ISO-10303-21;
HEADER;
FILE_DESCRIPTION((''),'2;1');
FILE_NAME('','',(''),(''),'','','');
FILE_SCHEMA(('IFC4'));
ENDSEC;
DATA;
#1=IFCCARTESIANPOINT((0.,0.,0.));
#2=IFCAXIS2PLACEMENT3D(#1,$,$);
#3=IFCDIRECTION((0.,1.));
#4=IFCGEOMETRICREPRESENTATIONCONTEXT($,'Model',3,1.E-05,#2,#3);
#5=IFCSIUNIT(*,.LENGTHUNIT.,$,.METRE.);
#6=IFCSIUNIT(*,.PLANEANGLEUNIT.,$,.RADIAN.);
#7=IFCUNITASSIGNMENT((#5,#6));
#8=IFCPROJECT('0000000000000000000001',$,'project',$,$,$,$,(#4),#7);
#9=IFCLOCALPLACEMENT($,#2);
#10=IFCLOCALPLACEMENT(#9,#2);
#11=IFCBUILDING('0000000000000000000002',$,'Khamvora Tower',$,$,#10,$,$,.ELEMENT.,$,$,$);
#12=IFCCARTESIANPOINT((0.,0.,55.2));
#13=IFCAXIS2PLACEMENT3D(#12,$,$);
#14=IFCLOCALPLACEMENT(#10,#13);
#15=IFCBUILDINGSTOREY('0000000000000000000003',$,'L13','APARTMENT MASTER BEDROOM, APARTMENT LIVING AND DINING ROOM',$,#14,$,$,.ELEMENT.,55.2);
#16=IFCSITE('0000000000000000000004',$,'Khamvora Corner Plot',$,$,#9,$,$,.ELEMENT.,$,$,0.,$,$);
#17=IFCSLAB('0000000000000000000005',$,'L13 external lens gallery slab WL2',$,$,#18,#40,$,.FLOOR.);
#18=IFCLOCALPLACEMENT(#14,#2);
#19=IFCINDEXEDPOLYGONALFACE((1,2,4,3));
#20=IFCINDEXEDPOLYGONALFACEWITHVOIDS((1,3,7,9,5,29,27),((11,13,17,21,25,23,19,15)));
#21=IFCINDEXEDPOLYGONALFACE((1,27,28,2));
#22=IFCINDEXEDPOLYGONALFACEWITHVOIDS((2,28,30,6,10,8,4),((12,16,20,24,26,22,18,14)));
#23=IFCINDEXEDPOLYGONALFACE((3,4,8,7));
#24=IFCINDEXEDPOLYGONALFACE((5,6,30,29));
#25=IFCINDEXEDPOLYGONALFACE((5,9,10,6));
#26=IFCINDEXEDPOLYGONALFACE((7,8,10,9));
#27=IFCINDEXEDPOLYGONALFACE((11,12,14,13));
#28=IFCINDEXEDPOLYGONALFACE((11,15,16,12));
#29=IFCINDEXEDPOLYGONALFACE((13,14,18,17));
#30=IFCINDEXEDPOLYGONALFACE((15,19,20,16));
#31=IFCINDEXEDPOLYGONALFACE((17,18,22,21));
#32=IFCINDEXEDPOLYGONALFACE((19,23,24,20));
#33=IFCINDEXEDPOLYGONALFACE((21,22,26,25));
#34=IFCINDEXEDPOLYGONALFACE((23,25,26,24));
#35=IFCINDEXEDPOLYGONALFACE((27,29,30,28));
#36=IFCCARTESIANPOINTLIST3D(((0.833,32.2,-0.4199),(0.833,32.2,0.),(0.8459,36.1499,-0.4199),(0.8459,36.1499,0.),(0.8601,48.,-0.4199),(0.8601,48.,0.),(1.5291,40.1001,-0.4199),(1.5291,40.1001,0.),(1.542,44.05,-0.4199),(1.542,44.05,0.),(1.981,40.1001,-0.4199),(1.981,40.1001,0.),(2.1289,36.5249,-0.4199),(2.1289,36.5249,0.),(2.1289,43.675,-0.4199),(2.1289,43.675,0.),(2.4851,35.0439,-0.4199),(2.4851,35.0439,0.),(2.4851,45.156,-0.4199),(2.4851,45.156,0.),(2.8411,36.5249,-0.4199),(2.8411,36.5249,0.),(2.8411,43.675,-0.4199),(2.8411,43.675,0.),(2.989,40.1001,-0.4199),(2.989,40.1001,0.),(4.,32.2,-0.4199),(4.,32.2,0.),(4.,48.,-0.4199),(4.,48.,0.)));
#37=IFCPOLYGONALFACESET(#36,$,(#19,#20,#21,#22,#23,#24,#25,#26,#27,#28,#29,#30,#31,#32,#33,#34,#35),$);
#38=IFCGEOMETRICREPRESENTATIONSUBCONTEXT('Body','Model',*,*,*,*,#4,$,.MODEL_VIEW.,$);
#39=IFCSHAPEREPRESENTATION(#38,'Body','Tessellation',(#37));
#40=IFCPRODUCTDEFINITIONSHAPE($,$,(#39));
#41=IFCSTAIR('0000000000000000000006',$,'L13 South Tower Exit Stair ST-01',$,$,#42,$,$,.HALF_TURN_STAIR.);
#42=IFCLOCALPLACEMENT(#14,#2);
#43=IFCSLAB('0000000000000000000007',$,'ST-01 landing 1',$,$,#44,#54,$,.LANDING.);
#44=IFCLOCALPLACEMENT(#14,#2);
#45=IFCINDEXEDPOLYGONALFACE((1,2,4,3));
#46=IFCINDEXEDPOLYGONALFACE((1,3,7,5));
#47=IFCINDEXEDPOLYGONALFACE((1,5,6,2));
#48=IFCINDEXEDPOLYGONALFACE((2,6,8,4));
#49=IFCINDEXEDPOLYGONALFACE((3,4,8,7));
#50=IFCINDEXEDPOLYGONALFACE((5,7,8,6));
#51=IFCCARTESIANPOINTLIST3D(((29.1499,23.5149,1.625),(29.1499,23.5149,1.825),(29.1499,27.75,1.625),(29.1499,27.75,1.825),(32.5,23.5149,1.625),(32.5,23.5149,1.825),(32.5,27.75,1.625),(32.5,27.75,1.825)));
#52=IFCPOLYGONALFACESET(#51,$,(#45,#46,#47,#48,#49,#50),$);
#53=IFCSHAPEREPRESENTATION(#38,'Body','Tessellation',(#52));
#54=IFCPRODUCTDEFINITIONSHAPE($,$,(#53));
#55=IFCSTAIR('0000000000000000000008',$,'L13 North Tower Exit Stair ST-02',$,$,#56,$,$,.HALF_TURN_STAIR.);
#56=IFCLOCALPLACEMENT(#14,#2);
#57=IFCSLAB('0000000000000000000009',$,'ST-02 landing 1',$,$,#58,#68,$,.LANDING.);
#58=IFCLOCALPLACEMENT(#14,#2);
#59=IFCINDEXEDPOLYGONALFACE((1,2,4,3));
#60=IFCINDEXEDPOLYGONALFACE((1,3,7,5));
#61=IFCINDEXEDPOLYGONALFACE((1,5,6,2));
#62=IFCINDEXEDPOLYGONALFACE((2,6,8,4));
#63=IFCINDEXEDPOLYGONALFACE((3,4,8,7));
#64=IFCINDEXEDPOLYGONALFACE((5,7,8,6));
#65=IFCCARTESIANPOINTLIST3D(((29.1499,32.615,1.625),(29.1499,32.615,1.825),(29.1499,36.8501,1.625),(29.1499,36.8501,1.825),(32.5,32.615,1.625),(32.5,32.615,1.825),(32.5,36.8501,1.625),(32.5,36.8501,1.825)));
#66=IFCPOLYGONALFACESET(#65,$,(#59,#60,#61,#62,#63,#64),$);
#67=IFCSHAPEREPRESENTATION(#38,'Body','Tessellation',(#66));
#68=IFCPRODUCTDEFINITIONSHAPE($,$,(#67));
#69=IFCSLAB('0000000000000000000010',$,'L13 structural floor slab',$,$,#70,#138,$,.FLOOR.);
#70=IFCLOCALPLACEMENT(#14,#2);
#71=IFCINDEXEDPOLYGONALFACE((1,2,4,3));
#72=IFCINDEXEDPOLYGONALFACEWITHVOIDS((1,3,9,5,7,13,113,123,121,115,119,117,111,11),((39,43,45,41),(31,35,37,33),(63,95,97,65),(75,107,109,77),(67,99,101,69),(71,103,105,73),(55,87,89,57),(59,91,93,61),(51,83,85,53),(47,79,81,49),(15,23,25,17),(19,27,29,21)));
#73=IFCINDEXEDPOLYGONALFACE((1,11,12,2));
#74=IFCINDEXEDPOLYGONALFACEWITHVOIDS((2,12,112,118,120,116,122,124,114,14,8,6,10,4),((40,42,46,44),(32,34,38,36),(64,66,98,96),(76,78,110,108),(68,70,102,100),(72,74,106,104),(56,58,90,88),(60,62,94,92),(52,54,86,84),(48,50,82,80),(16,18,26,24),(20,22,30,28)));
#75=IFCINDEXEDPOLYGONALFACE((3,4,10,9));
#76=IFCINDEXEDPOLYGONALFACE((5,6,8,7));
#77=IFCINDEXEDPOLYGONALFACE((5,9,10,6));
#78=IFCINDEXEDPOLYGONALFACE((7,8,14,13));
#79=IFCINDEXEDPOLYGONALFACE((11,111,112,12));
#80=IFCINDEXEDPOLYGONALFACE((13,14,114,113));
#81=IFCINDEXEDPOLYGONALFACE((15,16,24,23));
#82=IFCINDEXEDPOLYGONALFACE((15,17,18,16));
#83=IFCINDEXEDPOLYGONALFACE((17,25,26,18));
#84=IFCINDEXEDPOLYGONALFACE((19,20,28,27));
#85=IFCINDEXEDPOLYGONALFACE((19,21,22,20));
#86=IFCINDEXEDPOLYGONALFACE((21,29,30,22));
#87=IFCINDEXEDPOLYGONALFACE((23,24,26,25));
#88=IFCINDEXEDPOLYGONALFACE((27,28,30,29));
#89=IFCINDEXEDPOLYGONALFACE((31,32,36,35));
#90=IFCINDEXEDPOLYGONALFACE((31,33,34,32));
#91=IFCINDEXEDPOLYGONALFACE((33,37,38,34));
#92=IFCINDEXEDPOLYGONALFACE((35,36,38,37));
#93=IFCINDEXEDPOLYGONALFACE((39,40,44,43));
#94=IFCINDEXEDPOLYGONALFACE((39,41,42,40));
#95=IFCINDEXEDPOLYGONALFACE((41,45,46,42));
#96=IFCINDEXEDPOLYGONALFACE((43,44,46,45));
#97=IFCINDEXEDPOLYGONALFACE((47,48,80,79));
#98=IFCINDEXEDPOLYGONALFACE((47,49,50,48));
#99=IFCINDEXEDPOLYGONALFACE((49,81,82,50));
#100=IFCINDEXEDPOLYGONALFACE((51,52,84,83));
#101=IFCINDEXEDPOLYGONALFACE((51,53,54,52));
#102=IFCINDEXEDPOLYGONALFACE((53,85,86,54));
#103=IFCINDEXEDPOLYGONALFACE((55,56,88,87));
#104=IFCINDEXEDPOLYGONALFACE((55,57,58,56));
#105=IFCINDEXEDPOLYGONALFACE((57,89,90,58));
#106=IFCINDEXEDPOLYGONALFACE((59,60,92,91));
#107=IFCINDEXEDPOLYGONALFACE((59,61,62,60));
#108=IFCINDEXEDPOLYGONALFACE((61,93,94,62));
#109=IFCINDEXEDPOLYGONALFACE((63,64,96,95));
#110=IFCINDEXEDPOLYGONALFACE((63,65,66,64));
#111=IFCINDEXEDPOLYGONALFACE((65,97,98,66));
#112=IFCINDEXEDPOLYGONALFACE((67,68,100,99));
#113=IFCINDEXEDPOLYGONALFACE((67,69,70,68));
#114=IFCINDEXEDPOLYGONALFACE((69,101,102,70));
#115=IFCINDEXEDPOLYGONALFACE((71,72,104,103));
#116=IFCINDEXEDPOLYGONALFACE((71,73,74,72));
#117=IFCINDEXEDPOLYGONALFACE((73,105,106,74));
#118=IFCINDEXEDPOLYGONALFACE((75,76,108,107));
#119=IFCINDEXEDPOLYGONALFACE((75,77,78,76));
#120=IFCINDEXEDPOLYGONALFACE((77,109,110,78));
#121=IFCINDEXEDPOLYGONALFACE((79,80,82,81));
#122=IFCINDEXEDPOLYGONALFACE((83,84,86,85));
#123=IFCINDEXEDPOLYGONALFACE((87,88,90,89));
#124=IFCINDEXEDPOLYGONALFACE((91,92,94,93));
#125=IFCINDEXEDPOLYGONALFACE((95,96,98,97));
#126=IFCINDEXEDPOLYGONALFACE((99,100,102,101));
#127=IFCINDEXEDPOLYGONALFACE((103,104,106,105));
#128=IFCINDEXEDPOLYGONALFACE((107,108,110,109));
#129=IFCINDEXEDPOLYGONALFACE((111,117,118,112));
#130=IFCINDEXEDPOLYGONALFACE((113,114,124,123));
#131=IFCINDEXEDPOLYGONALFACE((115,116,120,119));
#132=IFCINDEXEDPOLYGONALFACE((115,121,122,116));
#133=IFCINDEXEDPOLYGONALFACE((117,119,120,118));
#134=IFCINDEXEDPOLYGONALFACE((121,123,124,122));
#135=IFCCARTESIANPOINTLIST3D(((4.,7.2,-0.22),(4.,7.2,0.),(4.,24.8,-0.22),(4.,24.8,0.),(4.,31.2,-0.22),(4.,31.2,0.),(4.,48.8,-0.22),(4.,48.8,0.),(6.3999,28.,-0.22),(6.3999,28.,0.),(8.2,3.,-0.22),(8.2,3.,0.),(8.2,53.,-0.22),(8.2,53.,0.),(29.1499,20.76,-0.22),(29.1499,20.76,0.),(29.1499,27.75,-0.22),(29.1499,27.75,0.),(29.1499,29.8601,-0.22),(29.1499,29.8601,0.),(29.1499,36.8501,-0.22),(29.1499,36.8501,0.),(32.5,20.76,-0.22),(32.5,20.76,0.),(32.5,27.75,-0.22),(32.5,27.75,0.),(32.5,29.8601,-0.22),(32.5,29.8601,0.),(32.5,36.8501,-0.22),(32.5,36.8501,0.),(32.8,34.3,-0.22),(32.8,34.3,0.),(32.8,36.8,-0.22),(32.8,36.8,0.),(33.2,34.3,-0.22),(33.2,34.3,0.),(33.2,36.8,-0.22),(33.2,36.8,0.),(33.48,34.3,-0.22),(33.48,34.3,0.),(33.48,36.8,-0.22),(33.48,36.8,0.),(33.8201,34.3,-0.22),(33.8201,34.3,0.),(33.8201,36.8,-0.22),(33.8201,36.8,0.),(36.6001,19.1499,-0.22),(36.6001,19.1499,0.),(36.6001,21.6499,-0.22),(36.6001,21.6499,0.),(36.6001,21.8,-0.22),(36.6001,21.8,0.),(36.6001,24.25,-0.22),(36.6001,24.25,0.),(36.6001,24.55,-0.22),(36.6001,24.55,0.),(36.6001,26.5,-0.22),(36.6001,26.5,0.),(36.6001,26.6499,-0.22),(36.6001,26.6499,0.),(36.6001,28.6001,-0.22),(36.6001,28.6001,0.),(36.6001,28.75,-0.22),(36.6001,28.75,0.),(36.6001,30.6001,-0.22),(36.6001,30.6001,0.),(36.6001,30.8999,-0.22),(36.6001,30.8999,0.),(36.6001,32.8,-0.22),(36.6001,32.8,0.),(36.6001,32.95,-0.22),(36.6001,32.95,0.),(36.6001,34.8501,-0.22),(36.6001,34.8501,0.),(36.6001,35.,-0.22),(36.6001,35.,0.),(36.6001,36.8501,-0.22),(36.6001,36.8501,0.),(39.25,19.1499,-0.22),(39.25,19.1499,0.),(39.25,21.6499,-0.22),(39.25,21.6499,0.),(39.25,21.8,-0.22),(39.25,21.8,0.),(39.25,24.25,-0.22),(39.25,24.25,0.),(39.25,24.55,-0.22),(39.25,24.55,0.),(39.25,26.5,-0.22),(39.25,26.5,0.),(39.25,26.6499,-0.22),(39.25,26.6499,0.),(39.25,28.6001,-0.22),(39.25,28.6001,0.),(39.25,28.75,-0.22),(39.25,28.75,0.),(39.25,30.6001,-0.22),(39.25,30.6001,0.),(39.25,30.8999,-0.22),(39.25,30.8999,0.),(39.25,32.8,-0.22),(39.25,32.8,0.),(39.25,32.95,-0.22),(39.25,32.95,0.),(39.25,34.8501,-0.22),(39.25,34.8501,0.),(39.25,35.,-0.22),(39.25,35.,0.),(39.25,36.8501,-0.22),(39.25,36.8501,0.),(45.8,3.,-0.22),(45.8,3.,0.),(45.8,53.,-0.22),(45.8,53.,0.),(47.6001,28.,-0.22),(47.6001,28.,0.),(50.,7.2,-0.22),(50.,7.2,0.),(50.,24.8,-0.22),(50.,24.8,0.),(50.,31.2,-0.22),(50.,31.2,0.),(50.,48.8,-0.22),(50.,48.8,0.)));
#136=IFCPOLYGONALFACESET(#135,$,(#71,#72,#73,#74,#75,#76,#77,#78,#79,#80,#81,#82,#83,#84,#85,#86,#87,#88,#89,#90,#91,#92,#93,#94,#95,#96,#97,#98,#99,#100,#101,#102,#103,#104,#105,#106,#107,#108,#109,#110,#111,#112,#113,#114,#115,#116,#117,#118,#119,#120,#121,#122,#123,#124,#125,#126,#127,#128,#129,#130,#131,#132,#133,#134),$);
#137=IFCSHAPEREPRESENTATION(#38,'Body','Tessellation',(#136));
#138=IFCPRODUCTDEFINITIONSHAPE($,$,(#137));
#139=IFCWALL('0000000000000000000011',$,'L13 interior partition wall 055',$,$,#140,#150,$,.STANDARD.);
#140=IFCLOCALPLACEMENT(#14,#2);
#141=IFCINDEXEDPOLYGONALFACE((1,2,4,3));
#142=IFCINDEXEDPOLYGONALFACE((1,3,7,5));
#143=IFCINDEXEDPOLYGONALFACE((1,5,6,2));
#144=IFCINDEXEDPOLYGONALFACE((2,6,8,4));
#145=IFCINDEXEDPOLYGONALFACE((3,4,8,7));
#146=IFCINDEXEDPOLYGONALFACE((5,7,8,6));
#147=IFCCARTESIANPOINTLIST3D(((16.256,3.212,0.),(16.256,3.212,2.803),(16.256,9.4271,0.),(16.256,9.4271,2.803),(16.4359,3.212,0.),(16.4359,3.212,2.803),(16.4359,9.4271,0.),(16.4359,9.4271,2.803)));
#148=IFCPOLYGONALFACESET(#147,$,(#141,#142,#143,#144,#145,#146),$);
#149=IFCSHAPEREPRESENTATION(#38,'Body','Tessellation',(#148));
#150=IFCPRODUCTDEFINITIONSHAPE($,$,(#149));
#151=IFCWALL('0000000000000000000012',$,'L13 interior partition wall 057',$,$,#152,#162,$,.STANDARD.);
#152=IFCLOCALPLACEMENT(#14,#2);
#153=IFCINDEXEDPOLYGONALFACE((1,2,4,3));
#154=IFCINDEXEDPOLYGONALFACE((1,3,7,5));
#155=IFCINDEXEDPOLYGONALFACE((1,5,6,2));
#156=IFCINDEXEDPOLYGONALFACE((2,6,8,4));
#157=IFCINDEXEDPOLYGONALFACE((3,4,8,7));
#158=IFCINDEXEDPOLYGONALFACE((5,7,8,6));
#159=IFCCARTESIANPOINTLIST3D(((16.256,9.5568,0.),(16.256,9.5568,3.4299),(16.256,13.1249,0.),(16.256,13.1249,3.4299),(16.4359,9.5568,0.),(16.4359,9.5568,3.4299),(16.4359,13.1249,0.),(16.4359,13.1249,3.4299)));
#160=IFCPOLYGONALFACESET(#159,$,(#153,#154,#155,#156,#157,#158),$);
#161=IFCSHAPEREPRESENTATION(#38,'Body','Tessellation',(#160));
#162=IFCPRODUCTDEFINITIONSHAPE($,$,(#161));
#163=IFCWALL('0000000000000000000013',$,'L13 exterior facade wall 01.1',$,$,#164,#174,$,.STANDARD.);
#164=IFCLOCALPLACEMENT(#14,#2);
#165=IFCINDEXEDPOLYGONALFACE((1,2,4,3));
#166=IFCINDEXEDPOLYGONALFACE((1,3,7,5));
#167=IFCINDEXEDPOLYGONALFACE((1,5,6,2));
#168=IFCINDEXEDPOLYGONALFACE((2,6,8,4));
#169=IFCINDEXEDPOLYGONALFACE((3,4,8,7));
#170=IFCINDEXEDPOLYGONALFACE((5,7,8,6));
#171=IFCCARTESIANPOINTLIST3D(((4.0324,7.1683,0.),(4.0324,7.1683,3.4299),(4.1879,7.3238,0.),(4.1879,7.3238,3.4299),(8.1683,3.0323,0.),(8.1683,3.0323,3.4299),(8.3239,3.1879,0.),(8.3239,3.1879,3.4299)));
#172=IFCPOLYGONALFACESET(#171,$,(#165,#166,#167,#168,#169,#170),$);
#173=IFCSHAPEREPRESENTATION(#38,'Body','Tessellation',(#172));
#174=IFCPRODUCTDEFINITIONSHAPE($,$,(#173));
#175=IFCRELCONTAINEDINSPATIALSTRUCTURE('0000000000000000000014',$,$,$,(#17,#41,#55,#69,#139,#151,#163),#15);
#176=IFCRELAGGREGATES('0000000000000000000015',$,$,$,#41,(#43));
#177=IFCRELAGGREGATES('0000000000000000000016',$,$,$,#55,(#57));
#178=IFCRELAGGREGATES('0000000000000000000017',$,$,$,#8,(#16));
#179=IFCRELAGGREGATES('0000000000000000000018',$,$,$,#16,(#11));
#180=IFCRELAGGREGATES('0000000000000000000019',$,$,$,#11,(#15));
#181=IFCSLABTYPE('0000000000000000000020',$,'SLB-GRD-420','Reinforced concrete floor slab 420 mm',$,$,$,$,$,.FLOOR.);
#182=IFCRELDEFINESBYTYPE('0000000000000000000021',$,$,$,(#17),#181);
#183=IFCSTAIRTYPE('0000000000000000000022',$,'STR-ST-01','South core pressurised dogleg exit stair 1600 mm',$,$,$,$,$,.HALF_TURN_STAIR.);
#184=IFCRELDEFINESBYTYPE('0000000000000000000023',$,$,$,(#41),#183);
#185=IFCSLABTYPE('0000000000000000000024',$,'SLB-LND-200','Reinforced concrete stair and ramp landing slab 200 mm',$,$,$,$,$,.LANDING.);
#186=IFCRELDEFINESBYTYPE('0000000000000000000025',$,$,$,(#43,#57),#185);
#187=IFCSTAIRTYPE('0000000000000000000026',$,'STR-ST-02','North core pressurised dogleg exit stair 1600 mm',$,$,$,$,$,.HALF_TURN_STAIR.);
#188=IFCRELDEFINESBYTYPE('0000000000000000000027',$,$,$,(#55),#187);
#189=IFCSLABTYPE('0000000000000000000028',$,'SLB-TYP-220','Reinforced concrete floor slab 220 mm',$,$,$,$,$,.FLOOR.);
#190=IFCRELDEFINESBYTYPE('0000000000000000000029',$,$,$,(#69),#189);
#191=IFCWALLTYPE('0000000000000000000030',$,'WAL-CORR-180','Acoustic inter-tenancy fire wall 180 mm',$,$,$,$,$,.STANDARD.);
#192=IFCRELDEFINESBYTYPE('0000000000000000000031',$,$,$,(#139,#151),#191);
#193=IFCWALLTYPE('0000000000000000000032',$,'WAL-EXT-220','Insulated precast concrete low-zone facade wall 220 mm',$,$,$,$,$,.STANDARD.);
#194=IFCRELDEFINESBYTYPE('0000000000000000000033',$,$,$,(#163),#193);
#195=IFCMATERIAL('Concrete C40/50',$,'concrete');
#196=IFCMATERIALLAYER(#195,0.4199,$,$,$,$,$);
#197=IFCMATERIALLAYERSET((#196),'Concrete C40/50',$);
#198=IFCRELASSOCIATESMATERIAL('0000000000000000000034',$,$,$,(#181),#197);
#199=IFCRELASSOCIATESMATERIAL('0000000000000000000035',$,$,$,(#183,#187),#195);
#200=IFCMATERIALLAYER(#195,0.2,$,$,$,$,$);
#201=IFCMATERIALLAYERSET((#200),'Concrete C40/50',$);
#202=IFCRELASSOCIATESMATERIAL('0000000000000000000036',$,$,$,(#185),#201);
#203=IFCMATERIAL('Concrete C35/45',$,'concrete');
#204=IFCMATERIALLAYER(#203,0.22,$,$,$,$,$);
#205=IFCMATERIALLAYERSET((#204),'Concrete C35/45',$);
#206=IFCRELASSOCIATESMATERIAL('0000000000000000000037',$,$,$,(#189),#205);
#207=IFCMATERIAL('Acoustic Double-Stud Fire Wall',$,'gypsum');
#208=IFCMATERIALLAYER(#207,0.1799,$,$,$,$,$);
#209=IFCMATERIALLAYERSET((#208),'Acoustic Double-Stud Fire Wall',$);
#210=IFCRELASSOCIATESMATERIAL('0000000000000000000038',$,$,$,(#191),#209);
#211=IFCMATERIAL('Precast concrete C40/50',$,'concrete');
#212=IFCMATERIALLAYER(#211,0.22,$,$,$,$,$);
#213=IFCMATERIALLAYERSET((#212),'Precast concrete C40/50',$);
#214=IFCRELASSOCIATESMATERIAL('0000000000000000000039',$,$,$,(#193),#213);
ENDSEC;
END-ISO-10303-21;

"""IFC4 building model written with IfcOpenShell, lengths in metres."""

from ifc_helpers import new_model, si_unit, direction, frame, frame_2d, origin, place, context, subcontext, project, spatial, polyline, rectangle, outline, extrude, material, layer, layer_set, type_object, element, aggregate, save


model = new_model("IFC4")

# Units and contexts
model_context = context("Model", 3, precision=1e-05, world=origin(), true_north=direction((0.0, 1.0)))
body_context = subcontext(model_context, "Body", "Model", "MODEL_VIEW")
ifc_project = project(units=[si_unit("LENGTHUNIT", "METRE"), si_unit("PLANEANGLEUNIT", "RADIAN")], contexts=[model_context])

# Site, building, storey
site_placement = place(None, origin())
site = spatial("IfcSite", under=ifc_project, at=site_placement, Name="Khamvora Corner Plot", CompositionType="ELEMENT", RefElevation=0.0)
building_placement = place(site_placement, origin())
building = spatial("IfcBuilding", under=site, at=building_placement, Name="Khamvora Tower", CompositionType="ELEMENT")
storey_placement = place(building_placement, frame((0.0, 0.0, 55.2)))
storey = spatial("IfcBuildingStorey", under=building, at=storey_placement, Name="L13", Description="APARTMENT MASTER BEDROOM, APARTMENT LIVING AND DINING ROOM", CompositionType="ELEMENT", Elevation=55.2)

# Slab
ifc_material_1 = material(Name="Concrete C40/50", Category="concrete")
ifc_layer_1 = layer(ifc_material_1, 0.4199)
ifc_layer_set_1 = layer_set([ifc_layer_1], Name="Concrete C40/50")
slab_type_1 = type_object("IfcSlabType", Name="SLB-GRD-420", Description="Reinforced concrete floor slab 420 mm", PredefinedType="FLOOR", material=ifc_layer_set_1)
slab_1_placement = place(storey_placement, frame((0.0, 0.0, -0.4199)))
element("IfcSlab", 1, at=slab_1_placement, inside=storey, type_object=slab_type_1, Name="L13 external lens gallery slab WL2", PredefinedType="FLOOR", context=body_context, shape_type="SweptSolid", body=[
    extrude(outline(polyline([(4.0, 32.2), (4.0, 48.0), (0.8601, 48.0), (1.542, 44.05), (1.5291, 40.1001), (0.8459, 36.1499), (0.833, 32.2), (4.0, 32.2)]), holes=[polyline([(2.989, 40.1001), (2.8411, 43.675), (2.4851, 45.156), (2.1289, 43.675), (1.981, 40.1001), (2.1289, 36.5249), (2.4851, 35.0439), (2.8411, 36.5249), (2.989, 40.1001)])]), origin(), (0.0, 0.0, 1.0), 0.4199),
])

# Stairs, slabs
stair_type_1 = type_object("IfcStairType", Name="STR-ST-01", Description="South core pressurised dogleg exit stair 1600 mm", PredefinedType="HALF_TURN_STAIR", material=ifc_material_1)
stair_1_placement = place(storey_placement, origin())
stair_1 = element("IfcStair", 2, at=stair_1_placement, inside=storey, type_object=stair_type_1, Name="L13 South Tower Exit Stair ST-01", PredefinedType="HALF_TURN_STAIR")
ifc_layer_2 = layer(ifc_material_1, 0.2)
ifc_layer_set_2 = layer_set([ifc_layer_2], Name="Concrete C40/50")
slab_type_2 = type_object("IfcSlabType", Name="SLB-LND-200", Description="Reinforced concrete stair and ramp landing slab 200 mm", PredefinedType="LANDING", material=ifc_layer_set_2)
slab_2_placement = place(storey_placement, frame((0.0, 0.0, 1.625)))
slab_2 = element("IfcSlab", 3, at=slab_2_placement, type_object=slab_type_2, Name="ST-01 landing 1", PredefinedType="LANDING", context=body_context, shape_type="SweptSolid", body=[
    extrude(outline(polyline([(32.5, 23.5149), (32.5, 27.75), (29.1499, 27.75), (29.1499, 23.5149), (32.5, 23.5149)])), origin(), (0.0, 0.0, 1.0), 0.2),
])
aggregate(stair_1, [slab_2])
stair_type_2 = type_object("IfcStairType", Name="STR-ST-02", Description="North core pressurised dogleg exit stair 1600 mm", PredefinedType="HALF_TURN_STAIR", material=ifc_material_1)
stair_2_placement = place(storey_placement, origin())
stair_2 = element("IfcStair", 4, at=stair_2_placement, inside=storey, type_object=stair_type_2, Name="L13 North Tower Exit Stair ST-02", PredefinedType="HALF_TURN_STAIR")
slab_3_placement = place(storey_placement, frame((0.0, 0.0, 1.625)))
slab_3 = element("IfcSlab", 5, at=slab_3_placement, type_object=slab_type_2, Name="ST-02 landing 1", PredefinedType="LANDING", context=body_context, shape_type="SweptSolid", body=[
    extrude(outline(polyline([(32.5, 32.615), (32.5, 36.8501), (29.1499, 36.8501), (29.1499, 32.615), (32.5, 32.615)])), origin(), (0.0, 0.0, 1.0), 0.2),
])
aggregate(stair_2, [slab_3])

# Slab
ifc_material_2 = material(Name="Concrete C35/45", Category="concrete")
ifc_layer_3 = layer(ifc_material_2, 0.22)
ifc_layer_set_3 = layer_set([ifc_layer_3], Name="Concrete C35/45")
slab_type_3 = type_object("IfcSlabType", Name="SLB-TYP-220", Description="Reinforced concrete floor slab 220 mm", PredefinedType="FLOOR", material=ifc_layer_set_3)
slab_4_placement = place(storey_placement, frame((0.0, 0.0, -0.22)))
element("IfcSlab", 6, at=slab_4_placement, inside=storey, type_object=slab_type_3, Name="L13 structural floor slab", PredefinedType="FLOOR", context=body_context, shape_type="SweptSolid", body=[
    extrude(outline(polyline([(8.2, 3.0), (45.8, 3.0), (50.0, 7.2), (50.0, 24.8), (47.6001, 28.0), (50.0, 31.2), (50.0, 48.8), (45.8, 53.0), (8.2, 53.0), (4.0, 48.8), (4.0, 31.2), (6.3999, 28.0), (4.0, 24.8), (4.0, 7.2), (8.2, 3.0)]), holes=[polyline([(32.5, 20.76), (32.5, 27.75), (29.1499, 27.75), (29.1499, 20.76), (32.5, 20.76)]), polyline([(32.5, 29.8601), (32.5, 36.8501), (29.1499, 36.8501), (29.1499, 29.8601), (32.5, 29.8601)]), polyline([(36.6001, 19.1499), (39.25, 19.1499), (39.25, 21.6499), (36.6001, 21.6499), (36.6001, 19.1499)]), polyline([(36.6001, 21.8), (39.25, 21.8), (39.25, 24.25), (36.6001, 24.25), (36.6001, 21.8)]), polyline([(36.6001, 24.55), (39.25, 24.55), (39.25, 26.5), (36.6001, 26.5), (36.6001, 24.55)]), polyline([(36.6001, 26.6499), (39.25, 26.6499), (39.25, 28.6001), (36.6001, 28.6001), (36.6001, 26.6499)]), polyline([(36.6001, 28.75), (39.25, 28.75), (39.25, 30.6001), (36.6001, 30.6001), (36.6001, 28.75)]), polyline([(36.6001, 30.8999), (39.25, 30.8999), (39.25, 32.8), (36.6001, 32.8), (36.6001, 30.8999)]), polyline([(36.6001, 32.95), (39.25, 32.95), (39.25, 34.8501), (36.6001, 34.8501), (36.6001, 32.95)]), polyline([(36.6001, 35.0), (39.25, 35.0), (39.25, 36.8501), (36.6001, 36.8501), (36.6001, 35.0)]), polyline([(32.8, 34.3), (33.2, 34.3), (33.2, 36.8), (32.8, 36.8), (32.8, 34.3)]), polyline([(33.48, 34.3), (33.8201, 34.3), (33.8201, 36.8), (33.48, 36.8), (33.48, 34.3)])]), origin(), (0.0, 0.0, 1.0), 0.22),
])

# Walls
ifc_material_3 = material(Name="Acoustic Double-Stud Fire Wall", Category="gypsum")
ifc_layer_4 = layer(ifc_material_3, 0.1799)
ifc_layer_set_4 = layer_set([ifc_layer_4], Name="Acoustic Double-Stud Fire Wall")
wall_type_1 = type_object("IfcWallType", Name="WAL-CORR-180", Description="Acoustic inter-tenancy fire wall 180 mm", PredefinedType="STANDARD", material=ifc_layer_set_4)
wall_1_placement = place(storey_placement, frame((16.3459, 9.427, 0.0), z_axis=(0.0, 0.0, 1.0), x_axis=(0.0, -1.0, 0.0)))
element("IfcWall", 7, at=wall_1_placement, inside=storey, type_object=wall_type_1, Name="L13 interior partition wall 055", PredefinedType="STANDARD", context=body_context, shape_type="SweptSolid", body=[
    extrude(rectangle(XDim=6.2151, YDim=0.1799, at=frame_2d((3.1074, 0.0))), origin(), (0.0, 0.0, 1.0), 2.803),
])
wall_2_placement = place(storey_placement, frame((16.3459, 13.125, 0.0), z_axis=(0.0, 0.0, 1.0), x_axis=(0.0, -1.0, 0.0)))
element("IfcWall", 8, at=wall_2_placement, inside=storey, type_object=wall_type_1, Name="L13 interior partition wall 057", PredefinedType="STANDARD", context=body_context, shape_type="SweptSolid", body=[
    extrude(rectangle(XDim=3.5681, YDim=0.1799, at=frame_2d((1.7842, 0.0))), origin(), (0.0, 0.0, 1.0), 3.4299),
])
ifc_material_4 = material(Name="Precast concrete C40/50", Category="concrete")
ifc_layer_5 = layer(ifc_material_4, 0.22)
ifc_layer_set_5 = layer_set([ifc_layer_5], Name="Precast concrete C40/50")
wall_type_2 = type_object("IfcWallType", Name="WAL-EXT-220", Description="Insulated precast concrete low-zone facade wall 220 mm", PredefinedType="STANDARD", material=ifc_layer_set_5)
wall_3_placement = place(storey_placement, frame((8.2461, 3.1101, 0.0), z_axis=(0.0, 0.0, 1.0), x_axis=(-0.707107, 0.707107, 0.0)))
element("IfcWall", 9, at=wall_3_placement, inside=storey, type_object=wall_type_2, Name="L13 exterior facade wall 01.1", PredefinedType="STANDARD", context=body_context, shape_type="SweptSolid", body=[
    extrude(rectangle(XDim=5.8491, YDim=0.22, at=frame_2d((2.9246, 0.0))), origin(), (0.0, 0.0, 1.0), 3.4299),
])

save(model, "model.ifc")
